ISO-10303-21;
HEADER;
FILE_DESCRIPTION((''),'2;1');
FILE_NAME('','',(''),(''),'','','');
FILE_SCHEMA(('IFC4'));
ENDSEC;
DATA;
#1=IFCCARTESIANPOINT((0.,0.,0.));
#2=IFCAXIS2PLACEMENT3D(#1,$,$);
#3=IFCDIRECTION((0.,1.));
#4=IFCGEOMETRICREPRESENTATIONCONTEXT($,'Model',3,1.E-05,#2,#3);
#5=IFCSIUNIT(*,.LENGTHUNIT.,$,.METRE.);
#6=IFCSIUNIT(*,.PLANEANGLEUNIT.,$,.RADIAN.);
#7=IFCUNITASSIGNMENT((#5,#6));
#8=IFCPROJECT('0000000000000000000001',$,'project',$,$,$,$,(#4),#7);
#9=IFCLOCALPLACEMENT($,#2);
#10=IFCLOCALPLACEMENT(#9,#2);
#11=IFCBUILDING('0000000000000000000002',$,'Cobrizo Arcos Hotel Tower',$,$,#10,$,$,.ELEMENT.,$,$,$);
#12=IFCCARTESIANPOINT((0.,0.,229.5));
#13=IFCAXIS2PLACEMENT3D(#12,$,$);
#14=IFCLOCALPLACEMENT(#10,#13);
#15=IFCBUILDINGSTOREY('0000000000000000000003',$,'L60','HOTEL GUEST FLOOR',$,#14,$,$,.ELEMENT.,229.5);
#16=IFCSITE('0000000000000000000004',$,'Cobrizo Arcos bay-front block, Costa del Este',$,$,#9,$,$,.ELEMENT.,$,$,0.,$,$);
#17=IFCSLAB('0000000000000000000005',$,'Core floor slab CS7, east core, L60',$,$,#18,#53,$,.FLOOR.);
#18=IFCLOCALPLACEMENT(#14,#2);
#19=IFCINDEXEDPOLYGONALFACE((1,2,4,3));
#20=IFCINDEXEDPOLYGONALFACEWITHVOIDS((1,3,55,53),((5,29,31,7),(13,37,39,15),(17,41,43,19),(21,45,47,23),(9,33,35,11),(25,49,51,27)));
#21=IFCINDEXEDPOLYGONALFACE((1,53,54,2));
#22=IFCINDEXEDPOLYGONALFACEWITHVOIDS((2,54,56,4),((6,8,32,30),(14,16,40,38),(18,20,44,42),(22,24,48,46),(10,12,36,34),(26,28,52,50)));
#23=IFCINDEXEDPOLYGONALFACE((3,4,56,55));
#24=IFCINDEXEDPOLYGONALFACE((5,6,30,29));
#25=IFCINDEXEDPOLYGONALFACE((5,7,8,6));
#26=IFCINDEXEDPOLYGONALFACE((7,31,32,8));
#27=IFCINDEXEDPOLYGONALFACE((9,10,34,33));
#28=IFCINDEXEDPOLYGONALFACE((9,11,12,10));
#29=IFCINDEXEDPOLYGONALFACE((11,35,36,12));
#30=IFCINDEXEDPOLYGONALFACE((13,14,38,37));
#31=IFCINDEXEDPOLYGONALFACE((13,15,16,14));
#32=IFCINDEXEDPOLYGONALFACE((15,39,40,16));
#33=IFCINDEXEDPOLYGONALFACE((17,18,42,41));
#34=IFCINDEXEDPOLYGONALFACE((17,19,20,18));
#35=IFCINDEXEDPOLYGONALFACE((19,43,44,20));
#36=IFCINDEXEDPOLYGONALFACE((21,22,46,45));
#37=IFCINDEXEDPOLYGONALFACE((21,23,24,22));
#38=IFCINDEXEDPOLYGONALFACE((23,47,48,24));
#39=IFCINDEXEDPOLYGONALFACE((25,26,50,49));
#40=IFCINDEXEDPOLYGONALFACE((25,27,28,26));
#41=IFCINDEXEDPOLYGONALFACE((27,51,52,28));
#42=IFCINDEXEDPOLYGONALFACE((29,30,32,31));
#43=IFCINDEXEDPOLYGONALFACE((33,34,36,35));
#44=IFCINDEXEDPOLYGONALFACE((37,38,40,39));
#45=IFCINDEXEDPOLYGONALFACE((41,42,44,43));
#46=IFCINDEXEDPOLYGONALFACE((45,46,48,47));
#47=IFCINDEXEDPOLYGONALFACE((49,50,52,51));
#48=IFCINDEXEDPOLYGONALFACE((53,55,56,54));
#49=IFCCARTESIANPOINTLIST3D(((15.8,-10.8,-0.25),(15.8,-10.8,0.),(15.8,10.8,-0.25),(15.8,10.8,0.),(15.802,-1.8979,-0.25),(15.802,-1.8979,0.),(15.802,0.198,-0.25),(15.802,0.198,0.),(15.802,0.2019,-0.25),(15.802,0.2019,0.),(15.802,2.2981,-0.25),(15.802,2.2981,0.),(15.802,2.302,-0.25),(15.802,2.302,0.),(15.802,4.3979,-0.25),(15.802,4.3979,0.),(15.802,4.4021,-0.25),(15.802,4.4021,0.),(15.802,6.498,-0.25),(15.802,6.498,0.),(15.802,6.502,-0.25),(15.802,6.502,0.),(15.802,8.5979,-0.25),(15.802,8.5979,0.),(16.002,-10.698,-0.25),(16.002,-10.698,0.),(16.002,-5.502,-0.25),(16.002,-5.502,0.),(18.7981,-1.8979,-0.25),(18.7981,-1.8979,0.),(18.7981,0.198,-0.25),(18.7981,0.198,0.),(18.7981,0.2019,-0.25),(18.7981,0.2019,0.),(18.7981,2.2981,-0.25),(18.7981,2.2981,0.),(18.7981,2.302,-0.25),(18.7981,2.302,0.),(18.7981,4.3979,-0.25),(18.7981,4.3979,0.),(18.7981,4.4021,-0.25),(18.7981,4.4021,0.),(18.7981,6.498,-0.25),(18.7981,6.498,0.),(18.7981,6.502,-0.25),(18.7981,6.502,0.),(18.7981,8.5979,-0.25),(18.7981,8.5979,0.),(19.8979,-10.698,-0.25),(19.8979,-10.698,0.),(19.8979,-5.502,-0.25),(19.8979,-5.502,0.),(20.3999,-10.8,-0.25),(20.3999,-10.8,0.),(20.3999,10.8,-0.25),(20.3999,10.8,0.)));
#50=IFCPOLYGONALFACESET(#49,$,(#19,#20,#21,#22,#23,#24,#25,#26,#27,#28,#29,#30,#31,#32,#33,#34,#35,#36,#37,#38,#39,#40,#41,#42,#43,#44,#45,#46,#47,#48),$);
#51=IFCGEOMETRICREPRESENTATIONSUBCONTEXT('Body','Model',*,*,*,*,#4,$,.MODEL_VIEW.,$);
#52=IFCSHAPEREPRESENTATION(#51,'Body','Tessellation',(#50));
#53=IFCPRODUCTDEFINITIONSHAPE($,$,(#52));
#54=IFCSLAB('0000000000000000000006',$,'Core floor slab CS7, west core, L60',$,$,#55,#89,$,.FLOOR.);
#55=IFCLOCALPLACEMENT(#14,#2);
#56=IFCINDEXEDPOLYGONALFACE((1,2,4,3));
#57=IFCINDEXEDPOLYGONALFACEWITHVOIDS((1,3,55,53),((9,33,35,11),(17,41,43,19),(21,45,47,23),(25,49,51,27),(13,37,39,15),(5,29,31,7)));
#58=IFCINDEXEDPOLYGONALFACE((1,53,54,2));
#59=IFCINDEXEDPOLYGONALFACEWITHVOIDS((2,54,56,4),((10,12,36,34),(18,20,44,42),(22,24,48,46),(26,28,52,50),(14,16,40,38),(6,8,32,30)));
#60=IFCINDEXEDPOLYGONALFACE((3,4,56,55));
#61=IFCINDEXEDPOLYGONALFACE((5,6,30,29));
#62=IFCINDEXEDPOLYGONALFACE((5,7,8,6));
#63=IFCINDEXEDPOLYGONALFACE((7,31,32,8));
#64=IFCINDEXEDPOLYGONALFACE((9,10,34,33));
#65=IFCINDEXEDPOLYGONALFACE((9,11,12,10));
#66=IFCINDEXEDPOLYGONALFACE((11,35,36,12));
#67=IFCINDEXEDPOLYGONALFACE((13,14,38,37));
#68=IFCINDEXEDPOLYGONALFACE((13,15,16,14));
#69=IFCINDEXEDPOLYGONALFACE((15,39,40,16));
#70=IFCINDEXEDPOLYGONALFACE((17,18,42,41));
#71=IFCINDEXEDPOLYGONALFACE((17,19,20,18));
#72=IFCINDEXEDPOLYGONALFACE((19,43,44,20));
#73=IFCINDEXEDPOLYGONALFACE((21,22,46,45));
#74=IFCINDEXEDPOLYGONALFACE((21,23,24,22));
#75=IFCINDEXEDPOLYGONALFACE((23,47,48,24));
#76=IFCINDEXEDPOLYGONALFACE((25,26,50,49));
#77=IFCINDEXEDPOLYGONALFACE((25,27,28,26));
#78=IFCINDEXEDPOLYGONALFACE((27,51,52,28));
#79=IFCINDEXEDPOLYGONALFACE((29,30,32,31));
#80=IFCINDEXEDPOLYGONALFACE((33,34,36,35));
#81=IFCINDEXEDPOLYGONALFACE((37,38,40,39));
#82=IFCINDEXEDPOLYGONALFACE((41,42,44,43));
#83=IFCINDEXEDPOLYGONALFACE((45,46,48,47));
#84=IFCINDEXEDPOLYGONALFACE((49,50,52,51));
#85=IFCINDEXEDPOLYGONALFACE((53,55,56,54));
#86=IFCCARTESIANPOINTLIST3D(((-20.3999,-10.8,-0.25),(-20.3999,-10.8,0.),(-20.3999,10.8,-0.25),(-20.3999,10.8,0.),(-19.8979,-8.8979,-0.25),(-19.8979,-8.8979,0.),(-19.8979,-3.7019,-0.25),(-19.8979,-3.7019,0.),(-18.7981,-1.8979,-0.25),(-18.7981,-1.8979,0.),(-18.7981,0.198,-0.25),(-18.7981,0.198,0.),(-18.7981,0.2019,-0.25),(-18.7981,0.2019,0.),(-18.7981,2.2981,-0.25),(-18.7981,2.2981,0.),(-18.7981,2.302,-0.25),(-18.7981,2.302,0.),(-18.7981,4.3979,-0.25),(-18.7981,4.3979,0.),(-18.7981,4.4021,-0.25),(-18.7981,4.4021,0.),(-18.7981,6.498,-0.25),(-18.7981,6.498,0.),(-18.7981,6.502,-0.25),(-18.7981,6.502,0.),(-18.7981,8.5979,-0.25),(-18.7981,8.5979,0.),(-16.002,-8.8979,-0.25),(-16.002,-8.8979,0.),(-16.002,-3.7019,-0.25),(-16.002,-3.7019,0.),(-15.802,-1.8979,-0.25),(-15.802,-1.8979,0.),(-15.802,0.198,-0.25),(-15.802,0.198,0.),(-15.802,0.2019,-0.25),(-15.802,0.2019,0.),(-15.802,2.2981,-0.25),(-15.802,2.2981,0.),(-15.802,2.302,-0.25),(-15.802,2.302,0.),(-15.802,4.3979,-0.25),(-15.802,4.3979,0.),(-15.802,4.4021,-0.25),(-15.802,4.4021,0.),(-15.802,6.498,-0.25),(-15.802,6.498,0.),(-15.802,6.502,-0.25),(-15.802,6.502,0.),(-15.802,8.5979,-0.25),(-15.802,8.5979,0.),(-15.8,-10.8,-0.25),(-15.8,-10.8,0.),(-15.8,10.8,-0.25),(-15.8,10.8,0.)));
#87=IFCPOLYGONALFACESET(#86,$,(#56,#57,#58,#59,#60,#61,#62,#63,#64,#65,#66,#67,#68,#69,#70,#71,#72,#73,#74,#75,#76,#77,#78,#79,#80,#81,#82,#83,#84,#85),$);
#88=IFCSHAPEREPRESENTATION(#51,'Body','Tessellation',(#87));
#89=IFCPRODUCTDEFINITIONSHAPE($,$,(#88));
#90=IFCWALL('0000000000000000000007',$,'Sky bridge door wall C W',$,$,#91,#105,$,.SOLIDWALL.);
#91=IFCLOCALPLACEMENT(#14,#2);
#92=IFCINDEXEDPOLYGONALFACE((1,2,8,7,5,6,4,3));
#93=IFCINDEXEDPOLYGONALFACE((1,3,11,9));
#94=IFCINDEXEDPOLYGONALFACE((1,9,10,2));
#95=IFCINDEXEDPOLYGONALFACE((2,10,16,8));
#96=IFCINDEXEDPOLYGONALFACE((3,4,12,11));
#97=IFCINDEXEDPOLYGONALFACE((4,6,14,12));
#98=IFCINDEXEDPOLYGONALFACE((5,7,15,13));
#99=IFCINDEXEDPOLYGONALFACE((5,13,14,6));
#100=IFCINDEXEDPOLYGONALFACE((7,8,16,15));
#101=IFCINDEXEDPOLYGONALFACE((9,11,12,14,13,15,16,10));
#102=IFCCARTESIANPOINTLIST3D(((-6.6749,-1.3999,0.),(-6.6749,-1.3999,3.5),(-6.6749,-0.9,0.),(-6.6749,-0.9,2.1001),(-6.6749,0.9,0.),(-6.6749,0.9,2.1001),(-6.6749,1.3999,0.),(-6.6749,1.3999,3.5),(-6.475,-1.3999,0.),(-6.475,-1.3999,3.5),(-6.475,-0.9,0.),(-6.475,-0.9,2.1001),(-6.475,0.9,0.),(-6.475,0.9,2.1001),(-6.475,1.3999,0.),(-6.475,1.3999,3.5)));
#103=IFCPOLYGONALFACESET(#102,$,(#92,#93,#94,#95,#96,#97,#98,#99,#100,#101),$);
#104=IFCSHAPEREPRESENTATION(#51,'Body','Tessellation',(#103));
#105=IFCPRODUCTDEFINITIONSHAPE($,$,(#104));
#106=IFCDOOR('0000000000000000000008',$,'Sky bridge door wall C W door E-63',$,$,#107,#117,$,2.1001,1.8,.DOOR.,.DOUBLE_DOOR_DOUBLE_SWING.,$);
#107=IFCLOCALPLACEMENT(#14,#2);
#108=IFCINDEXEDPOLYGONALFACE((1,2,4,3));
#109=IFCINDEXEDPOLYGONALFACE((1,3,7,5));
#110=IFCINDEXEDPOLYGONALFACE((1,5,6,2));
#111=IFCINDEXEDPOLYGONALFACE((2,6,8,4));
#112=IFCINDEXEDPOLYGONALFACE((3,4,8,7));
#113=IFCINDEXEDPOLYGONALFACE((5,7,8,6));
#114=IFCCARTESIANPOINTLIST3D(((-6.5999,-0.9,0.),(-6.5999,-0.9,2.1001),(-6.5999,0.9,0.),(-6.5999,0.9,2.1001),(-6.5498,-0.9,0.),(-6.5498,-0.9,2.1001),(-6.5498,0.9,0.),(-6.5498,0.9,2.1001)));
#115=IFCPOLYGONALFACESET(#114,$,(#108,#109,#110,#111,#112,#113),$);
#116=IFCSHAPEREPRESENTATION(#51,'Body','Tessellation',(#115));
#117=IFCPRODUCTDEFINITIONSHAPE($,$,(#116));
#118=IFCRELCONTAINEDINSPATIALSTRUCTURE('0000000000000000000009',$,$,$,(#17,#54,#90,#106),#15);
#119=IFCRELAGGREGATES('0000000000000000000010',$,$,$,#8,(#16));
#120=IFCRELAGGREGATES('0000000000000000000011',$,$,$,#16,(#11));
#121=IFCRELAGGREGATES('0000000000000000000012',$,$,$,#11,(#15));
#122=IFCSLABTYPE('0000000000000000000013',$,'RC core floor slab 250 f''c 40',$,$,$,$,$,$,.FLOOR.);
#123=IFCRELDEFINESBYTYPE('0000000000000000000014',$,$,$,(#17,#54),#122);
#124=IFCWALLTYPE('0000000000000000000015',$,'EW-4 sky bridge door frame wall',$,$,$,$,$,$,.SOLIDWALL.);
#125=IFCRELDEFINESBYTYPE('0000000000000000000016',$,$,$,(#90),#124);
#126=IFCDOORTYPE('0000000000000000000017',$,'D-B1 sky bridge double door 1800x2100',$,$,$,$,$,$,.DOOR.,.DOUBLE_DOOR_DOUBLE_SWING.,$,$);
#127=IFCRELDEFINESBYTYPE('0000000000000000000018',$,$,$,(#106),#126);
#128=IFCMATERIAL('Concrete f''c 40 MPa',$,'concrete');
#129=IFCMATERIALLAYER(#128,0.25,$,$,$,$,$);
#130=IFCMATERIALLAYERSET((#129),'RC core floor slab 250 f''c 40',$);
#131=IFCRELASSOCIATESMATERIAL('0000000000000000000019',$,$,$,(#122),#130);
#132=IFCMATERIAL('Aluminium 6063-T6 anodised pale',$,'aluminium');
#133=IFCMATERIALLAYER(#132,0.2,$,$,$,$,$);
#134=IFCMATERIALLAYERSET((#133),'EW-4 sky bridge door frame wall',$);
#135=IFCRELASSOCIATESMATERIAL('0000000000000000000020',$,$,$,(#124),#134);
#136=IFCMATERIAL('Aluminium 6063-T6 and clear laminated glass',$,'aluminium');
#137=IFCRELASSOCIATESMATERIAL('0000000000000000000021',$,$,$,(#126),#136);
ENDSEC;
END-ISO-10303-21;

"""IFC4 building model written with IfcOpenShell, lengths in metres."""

from ifc_helpers import new_model, si_unit, direction, frame, frame_2d, origin, place, context, subcontext, project, spatial, polyline, rectangle, outline, extrude, material, layer, layer_set, type_object, element, fill, save


model = new_model("IFC4")

# Units and contexts
model_context = context("Model", 3, precision=1e-05, world=origin(), true_north=direction((0.0, 1.0)))
body_context = subcontext(model_context, "Body", "Model", "MODEL_VIEW")
ifc_project = project(units=[si_unit("LENGTHUNIT", "METRE"), si_unit("PLANEANGLEUNIT", "RADIAN")], contexts=[model_context])

# Site, building, storey
site_placement = place(None, origin())
site = spatial("IfcSite", under=ifc_project, at=site_placement, Name="Cobrizo Arcos bay-front block, Costa del Este", CompositionType="ELEMENT", RefElevation=0.0)
building_placement = place(site_placement, origin())
building = spatial("IfcBuilding", under=site, at=building_placement, Name="Cobrizo Arcos Hotel Tower", CompositionType="ELEMENT")
storey_placement = place(building_placement, frame((0.0, 0.0, 229.5)))
storey = spatial("IfcBuildingStorey", under=building, at=storey_placement, Name="L60", Description="HOTEL GUEST FLOOR", CompositionType="ELEMENT", Elevation=229.5)

# Slabs
ifc_material_1 = material(Name="Concrete f'c 40 MPa", Category="concrete")
ifc_layer_1 = layer(ifc_material_1, 0.25)
ifc_layer_set_1 = layer_set([ifc_layer_1], Name="RC core floor slab 250 f'c 40")
slab_type_1 = type_object("IfcSlabType", Name="RC core floor slab 250 f'c 40", PredefinedType="FLOOR", material=ifc_layer_set_1)
slab_1_placement = place(storey_placement, frame((0.0, 0.0, -0.25)))
element("IfcSlab", 1, at=slab_1_placement, inside=storey, type_object=slab_type_1, Name="Core floor slab CS7, east core, L60", PredefinedType="FLOOR", context=body_context, shape_type="SweptSolid", body=[
    extrude(outline(polyline([(15.8, 10.8), (20.3999, 10.8), (20.3999, -10.8), (15.8, -10.8), (15.8, 10.8)]), holes=[polyline([(19.8979, -10.698), (19.8979, -5.502), (16.002, -5.502), (16.002, -10.698), (19.8979, -10.698)]), polyline([(15.802, 0.198), (15.802, -1.8979), (18.7981, -1.8979), (18.7981, 0.198), (15.802, 0.198)]), polyline([(15.802, 2.2981), (15.802, 0.2019), (18.7981, 0.2019), (18.7981, 2.2981), (15.802, 2.2981)]), polyline([(15.802, 4.3979), (15.802, 2.302), (18.7981, 2.302), (18.7981, 4.3979), (15.802, 4.3979)]), polyline([(18.7981, 6.498), (15.802, 6.498), (15.802, 4.4021), (18.7981, 4.4021), (18.7981, 6.498)]), polyline([(18.7981, 8.5979), (15.802, 8.5979), (15.802, 6.502), (18.7981, 6.502), (18.7981, 8.5979)])]), origin(), (0.0, 0.0, 1.0), 0.25),
])
slab_2_placement = place(storey_placement, frame((0.0, 0.0, -0.25)))
element("IfcSlab", 2, at=slab_2_placement, inside=storey, type_object=slab_type_1, Name="Core floor slab CS7, west core, L60", PredefinedType="FLOOR", context=body_context, shape_type="SweptSolid", body=[
    extrude(outline(polyline([(-20.3999, 10.8), (-15.8, 10.8), (-15.8, -10.8), (-20.3999, -10.8), (-20.3999, 10.8)]), holes=[polyline([(-19.8979, -3.7019), (-19.8979, -8.8979), (-16.002, -8.8979), (-16.002, -3.7019), (-19.8979, -3.7019)]), polyline([(-18.7981, 0.198), (-18.7981, -1.8979), (-15.802, -1.8979), (-15.802, 0.198), (-18.7981, 0.198)]), polyline([(-18.7981, 2.2981), (-18.7981, 0.2019), (-15.802, 0.2019), (-15.802, 2.2981), (-18.7981, 2.2981)]), polyline([(-18.7981, 4.3979), (-18.7981, 2.302), (-15.802, 2.302), (-15.802, 4.3979), (-18.7981, 4.3979)]), polyline([(-15.802, 6.498), (-18.7981, 6.498), (-18.7981, 4.4021), (-15.802, 4.4021), (-15.802, 6.498)]), polyline([(-15.802, 8.5979), (-18.7981, 8.5979), (-18.7981, 6.502), (-15.802, 6.502), (-15.802, 8.5979)])]), origin(), (0.0, 0.0, 1.0), 0.25),
])

# Wall, opening, door
ifc_material_2 = material(Name="Aluminium 6063-T6 anodised pale", Category="aluminium")
ifc_layer_2 = layer(ifc_material_2, 0.2)
ifc_layer_set_2 = layer_set([ifc_layer_2], Name="EW-4 sky bridge door frame wall")
wall_type = type_object("IfcWallType", Name="EW-4 sky bridge door frame wall", PredefinedType="SOLIDWALL", material=ifc_layer_set_2)
wall_placement = place(storey_placement, frame((-6.575, -1.3999, 0.0), z_axis=(0.0, 0.0, 1.0), x_axis=(0.0, 1.0, 0.0)))
wall = element("IfcWall", 3, at=wall_placement, inside=storey, type_object=wall_type, Name="Sky bridge door wall C W", PredefinedType="SOLIDWALL", context=body_context, shape_type="SweptSolid", body=[
    extrude(rectangle(XDim=2.7998, YDim=0.2, at=frame_2d((1.3999, 0.0))), origin(), (0.0, 0.0, 1.0), 3.5),
])
opening_placement = place(wall_placement, frame((0.5, 0.0, 0.0)))
opening = element("IfcOpeningElement", 4, at=opening_placement, cuts=wall, PredefinedType="OPENING", context=body_context, shape_type="SweptSolid", body=[
    extrude(rectangle(XDim=1.8, YDim=2.1001, at=frame_2d((0.8999, 1.05))), frame((0.0, 0.1121, 0.0), z_axis=(0.0, -1.0, 0.0), x_axis=(1.0, 0.0, 0.0)), (0.0, 0.0, 1.0), 0.2239),
])
ifc_material_3 = material(Name="Aluminium 6063-T6 and clear laminated glass", Category="aluminium")
door_type = type_object("IfcDoorType", Name="D-B1 sky bridge double door 1800x2100", OperationType="DOUBLE_DOOR_DOUBLE_SWING", PredefinedType="DOOR", material=ifc_material_3)
door_placement = place(opening_placement, origin())
door = element("IfcDoor", 5, at=door_placement, inside=storey, type_object=door_type, Name="Sky bridge door wall C W door E-63", OperationType="DOUBLE_DOOR_DOUBLE_SWING", OverallHeight=2.1001, OverallWidth=1.8, PredefinedType="DOOR", context=body_context, shape_type="SweptSolid", body=[
    extrude(rectangle(XDim=1.8, YDim=2.1001, at=frame_2d((0.8999, 1.05))), frame((0.0, 0.0249, 0.0), z_axis=(0.0, -1.0, 0.0), x_axis=(1.0, 0.0, 0.0)), (0.0, 0.0, 1.0), 0.05),
])
fill(opening, door)

save(model, "model.ifc")
